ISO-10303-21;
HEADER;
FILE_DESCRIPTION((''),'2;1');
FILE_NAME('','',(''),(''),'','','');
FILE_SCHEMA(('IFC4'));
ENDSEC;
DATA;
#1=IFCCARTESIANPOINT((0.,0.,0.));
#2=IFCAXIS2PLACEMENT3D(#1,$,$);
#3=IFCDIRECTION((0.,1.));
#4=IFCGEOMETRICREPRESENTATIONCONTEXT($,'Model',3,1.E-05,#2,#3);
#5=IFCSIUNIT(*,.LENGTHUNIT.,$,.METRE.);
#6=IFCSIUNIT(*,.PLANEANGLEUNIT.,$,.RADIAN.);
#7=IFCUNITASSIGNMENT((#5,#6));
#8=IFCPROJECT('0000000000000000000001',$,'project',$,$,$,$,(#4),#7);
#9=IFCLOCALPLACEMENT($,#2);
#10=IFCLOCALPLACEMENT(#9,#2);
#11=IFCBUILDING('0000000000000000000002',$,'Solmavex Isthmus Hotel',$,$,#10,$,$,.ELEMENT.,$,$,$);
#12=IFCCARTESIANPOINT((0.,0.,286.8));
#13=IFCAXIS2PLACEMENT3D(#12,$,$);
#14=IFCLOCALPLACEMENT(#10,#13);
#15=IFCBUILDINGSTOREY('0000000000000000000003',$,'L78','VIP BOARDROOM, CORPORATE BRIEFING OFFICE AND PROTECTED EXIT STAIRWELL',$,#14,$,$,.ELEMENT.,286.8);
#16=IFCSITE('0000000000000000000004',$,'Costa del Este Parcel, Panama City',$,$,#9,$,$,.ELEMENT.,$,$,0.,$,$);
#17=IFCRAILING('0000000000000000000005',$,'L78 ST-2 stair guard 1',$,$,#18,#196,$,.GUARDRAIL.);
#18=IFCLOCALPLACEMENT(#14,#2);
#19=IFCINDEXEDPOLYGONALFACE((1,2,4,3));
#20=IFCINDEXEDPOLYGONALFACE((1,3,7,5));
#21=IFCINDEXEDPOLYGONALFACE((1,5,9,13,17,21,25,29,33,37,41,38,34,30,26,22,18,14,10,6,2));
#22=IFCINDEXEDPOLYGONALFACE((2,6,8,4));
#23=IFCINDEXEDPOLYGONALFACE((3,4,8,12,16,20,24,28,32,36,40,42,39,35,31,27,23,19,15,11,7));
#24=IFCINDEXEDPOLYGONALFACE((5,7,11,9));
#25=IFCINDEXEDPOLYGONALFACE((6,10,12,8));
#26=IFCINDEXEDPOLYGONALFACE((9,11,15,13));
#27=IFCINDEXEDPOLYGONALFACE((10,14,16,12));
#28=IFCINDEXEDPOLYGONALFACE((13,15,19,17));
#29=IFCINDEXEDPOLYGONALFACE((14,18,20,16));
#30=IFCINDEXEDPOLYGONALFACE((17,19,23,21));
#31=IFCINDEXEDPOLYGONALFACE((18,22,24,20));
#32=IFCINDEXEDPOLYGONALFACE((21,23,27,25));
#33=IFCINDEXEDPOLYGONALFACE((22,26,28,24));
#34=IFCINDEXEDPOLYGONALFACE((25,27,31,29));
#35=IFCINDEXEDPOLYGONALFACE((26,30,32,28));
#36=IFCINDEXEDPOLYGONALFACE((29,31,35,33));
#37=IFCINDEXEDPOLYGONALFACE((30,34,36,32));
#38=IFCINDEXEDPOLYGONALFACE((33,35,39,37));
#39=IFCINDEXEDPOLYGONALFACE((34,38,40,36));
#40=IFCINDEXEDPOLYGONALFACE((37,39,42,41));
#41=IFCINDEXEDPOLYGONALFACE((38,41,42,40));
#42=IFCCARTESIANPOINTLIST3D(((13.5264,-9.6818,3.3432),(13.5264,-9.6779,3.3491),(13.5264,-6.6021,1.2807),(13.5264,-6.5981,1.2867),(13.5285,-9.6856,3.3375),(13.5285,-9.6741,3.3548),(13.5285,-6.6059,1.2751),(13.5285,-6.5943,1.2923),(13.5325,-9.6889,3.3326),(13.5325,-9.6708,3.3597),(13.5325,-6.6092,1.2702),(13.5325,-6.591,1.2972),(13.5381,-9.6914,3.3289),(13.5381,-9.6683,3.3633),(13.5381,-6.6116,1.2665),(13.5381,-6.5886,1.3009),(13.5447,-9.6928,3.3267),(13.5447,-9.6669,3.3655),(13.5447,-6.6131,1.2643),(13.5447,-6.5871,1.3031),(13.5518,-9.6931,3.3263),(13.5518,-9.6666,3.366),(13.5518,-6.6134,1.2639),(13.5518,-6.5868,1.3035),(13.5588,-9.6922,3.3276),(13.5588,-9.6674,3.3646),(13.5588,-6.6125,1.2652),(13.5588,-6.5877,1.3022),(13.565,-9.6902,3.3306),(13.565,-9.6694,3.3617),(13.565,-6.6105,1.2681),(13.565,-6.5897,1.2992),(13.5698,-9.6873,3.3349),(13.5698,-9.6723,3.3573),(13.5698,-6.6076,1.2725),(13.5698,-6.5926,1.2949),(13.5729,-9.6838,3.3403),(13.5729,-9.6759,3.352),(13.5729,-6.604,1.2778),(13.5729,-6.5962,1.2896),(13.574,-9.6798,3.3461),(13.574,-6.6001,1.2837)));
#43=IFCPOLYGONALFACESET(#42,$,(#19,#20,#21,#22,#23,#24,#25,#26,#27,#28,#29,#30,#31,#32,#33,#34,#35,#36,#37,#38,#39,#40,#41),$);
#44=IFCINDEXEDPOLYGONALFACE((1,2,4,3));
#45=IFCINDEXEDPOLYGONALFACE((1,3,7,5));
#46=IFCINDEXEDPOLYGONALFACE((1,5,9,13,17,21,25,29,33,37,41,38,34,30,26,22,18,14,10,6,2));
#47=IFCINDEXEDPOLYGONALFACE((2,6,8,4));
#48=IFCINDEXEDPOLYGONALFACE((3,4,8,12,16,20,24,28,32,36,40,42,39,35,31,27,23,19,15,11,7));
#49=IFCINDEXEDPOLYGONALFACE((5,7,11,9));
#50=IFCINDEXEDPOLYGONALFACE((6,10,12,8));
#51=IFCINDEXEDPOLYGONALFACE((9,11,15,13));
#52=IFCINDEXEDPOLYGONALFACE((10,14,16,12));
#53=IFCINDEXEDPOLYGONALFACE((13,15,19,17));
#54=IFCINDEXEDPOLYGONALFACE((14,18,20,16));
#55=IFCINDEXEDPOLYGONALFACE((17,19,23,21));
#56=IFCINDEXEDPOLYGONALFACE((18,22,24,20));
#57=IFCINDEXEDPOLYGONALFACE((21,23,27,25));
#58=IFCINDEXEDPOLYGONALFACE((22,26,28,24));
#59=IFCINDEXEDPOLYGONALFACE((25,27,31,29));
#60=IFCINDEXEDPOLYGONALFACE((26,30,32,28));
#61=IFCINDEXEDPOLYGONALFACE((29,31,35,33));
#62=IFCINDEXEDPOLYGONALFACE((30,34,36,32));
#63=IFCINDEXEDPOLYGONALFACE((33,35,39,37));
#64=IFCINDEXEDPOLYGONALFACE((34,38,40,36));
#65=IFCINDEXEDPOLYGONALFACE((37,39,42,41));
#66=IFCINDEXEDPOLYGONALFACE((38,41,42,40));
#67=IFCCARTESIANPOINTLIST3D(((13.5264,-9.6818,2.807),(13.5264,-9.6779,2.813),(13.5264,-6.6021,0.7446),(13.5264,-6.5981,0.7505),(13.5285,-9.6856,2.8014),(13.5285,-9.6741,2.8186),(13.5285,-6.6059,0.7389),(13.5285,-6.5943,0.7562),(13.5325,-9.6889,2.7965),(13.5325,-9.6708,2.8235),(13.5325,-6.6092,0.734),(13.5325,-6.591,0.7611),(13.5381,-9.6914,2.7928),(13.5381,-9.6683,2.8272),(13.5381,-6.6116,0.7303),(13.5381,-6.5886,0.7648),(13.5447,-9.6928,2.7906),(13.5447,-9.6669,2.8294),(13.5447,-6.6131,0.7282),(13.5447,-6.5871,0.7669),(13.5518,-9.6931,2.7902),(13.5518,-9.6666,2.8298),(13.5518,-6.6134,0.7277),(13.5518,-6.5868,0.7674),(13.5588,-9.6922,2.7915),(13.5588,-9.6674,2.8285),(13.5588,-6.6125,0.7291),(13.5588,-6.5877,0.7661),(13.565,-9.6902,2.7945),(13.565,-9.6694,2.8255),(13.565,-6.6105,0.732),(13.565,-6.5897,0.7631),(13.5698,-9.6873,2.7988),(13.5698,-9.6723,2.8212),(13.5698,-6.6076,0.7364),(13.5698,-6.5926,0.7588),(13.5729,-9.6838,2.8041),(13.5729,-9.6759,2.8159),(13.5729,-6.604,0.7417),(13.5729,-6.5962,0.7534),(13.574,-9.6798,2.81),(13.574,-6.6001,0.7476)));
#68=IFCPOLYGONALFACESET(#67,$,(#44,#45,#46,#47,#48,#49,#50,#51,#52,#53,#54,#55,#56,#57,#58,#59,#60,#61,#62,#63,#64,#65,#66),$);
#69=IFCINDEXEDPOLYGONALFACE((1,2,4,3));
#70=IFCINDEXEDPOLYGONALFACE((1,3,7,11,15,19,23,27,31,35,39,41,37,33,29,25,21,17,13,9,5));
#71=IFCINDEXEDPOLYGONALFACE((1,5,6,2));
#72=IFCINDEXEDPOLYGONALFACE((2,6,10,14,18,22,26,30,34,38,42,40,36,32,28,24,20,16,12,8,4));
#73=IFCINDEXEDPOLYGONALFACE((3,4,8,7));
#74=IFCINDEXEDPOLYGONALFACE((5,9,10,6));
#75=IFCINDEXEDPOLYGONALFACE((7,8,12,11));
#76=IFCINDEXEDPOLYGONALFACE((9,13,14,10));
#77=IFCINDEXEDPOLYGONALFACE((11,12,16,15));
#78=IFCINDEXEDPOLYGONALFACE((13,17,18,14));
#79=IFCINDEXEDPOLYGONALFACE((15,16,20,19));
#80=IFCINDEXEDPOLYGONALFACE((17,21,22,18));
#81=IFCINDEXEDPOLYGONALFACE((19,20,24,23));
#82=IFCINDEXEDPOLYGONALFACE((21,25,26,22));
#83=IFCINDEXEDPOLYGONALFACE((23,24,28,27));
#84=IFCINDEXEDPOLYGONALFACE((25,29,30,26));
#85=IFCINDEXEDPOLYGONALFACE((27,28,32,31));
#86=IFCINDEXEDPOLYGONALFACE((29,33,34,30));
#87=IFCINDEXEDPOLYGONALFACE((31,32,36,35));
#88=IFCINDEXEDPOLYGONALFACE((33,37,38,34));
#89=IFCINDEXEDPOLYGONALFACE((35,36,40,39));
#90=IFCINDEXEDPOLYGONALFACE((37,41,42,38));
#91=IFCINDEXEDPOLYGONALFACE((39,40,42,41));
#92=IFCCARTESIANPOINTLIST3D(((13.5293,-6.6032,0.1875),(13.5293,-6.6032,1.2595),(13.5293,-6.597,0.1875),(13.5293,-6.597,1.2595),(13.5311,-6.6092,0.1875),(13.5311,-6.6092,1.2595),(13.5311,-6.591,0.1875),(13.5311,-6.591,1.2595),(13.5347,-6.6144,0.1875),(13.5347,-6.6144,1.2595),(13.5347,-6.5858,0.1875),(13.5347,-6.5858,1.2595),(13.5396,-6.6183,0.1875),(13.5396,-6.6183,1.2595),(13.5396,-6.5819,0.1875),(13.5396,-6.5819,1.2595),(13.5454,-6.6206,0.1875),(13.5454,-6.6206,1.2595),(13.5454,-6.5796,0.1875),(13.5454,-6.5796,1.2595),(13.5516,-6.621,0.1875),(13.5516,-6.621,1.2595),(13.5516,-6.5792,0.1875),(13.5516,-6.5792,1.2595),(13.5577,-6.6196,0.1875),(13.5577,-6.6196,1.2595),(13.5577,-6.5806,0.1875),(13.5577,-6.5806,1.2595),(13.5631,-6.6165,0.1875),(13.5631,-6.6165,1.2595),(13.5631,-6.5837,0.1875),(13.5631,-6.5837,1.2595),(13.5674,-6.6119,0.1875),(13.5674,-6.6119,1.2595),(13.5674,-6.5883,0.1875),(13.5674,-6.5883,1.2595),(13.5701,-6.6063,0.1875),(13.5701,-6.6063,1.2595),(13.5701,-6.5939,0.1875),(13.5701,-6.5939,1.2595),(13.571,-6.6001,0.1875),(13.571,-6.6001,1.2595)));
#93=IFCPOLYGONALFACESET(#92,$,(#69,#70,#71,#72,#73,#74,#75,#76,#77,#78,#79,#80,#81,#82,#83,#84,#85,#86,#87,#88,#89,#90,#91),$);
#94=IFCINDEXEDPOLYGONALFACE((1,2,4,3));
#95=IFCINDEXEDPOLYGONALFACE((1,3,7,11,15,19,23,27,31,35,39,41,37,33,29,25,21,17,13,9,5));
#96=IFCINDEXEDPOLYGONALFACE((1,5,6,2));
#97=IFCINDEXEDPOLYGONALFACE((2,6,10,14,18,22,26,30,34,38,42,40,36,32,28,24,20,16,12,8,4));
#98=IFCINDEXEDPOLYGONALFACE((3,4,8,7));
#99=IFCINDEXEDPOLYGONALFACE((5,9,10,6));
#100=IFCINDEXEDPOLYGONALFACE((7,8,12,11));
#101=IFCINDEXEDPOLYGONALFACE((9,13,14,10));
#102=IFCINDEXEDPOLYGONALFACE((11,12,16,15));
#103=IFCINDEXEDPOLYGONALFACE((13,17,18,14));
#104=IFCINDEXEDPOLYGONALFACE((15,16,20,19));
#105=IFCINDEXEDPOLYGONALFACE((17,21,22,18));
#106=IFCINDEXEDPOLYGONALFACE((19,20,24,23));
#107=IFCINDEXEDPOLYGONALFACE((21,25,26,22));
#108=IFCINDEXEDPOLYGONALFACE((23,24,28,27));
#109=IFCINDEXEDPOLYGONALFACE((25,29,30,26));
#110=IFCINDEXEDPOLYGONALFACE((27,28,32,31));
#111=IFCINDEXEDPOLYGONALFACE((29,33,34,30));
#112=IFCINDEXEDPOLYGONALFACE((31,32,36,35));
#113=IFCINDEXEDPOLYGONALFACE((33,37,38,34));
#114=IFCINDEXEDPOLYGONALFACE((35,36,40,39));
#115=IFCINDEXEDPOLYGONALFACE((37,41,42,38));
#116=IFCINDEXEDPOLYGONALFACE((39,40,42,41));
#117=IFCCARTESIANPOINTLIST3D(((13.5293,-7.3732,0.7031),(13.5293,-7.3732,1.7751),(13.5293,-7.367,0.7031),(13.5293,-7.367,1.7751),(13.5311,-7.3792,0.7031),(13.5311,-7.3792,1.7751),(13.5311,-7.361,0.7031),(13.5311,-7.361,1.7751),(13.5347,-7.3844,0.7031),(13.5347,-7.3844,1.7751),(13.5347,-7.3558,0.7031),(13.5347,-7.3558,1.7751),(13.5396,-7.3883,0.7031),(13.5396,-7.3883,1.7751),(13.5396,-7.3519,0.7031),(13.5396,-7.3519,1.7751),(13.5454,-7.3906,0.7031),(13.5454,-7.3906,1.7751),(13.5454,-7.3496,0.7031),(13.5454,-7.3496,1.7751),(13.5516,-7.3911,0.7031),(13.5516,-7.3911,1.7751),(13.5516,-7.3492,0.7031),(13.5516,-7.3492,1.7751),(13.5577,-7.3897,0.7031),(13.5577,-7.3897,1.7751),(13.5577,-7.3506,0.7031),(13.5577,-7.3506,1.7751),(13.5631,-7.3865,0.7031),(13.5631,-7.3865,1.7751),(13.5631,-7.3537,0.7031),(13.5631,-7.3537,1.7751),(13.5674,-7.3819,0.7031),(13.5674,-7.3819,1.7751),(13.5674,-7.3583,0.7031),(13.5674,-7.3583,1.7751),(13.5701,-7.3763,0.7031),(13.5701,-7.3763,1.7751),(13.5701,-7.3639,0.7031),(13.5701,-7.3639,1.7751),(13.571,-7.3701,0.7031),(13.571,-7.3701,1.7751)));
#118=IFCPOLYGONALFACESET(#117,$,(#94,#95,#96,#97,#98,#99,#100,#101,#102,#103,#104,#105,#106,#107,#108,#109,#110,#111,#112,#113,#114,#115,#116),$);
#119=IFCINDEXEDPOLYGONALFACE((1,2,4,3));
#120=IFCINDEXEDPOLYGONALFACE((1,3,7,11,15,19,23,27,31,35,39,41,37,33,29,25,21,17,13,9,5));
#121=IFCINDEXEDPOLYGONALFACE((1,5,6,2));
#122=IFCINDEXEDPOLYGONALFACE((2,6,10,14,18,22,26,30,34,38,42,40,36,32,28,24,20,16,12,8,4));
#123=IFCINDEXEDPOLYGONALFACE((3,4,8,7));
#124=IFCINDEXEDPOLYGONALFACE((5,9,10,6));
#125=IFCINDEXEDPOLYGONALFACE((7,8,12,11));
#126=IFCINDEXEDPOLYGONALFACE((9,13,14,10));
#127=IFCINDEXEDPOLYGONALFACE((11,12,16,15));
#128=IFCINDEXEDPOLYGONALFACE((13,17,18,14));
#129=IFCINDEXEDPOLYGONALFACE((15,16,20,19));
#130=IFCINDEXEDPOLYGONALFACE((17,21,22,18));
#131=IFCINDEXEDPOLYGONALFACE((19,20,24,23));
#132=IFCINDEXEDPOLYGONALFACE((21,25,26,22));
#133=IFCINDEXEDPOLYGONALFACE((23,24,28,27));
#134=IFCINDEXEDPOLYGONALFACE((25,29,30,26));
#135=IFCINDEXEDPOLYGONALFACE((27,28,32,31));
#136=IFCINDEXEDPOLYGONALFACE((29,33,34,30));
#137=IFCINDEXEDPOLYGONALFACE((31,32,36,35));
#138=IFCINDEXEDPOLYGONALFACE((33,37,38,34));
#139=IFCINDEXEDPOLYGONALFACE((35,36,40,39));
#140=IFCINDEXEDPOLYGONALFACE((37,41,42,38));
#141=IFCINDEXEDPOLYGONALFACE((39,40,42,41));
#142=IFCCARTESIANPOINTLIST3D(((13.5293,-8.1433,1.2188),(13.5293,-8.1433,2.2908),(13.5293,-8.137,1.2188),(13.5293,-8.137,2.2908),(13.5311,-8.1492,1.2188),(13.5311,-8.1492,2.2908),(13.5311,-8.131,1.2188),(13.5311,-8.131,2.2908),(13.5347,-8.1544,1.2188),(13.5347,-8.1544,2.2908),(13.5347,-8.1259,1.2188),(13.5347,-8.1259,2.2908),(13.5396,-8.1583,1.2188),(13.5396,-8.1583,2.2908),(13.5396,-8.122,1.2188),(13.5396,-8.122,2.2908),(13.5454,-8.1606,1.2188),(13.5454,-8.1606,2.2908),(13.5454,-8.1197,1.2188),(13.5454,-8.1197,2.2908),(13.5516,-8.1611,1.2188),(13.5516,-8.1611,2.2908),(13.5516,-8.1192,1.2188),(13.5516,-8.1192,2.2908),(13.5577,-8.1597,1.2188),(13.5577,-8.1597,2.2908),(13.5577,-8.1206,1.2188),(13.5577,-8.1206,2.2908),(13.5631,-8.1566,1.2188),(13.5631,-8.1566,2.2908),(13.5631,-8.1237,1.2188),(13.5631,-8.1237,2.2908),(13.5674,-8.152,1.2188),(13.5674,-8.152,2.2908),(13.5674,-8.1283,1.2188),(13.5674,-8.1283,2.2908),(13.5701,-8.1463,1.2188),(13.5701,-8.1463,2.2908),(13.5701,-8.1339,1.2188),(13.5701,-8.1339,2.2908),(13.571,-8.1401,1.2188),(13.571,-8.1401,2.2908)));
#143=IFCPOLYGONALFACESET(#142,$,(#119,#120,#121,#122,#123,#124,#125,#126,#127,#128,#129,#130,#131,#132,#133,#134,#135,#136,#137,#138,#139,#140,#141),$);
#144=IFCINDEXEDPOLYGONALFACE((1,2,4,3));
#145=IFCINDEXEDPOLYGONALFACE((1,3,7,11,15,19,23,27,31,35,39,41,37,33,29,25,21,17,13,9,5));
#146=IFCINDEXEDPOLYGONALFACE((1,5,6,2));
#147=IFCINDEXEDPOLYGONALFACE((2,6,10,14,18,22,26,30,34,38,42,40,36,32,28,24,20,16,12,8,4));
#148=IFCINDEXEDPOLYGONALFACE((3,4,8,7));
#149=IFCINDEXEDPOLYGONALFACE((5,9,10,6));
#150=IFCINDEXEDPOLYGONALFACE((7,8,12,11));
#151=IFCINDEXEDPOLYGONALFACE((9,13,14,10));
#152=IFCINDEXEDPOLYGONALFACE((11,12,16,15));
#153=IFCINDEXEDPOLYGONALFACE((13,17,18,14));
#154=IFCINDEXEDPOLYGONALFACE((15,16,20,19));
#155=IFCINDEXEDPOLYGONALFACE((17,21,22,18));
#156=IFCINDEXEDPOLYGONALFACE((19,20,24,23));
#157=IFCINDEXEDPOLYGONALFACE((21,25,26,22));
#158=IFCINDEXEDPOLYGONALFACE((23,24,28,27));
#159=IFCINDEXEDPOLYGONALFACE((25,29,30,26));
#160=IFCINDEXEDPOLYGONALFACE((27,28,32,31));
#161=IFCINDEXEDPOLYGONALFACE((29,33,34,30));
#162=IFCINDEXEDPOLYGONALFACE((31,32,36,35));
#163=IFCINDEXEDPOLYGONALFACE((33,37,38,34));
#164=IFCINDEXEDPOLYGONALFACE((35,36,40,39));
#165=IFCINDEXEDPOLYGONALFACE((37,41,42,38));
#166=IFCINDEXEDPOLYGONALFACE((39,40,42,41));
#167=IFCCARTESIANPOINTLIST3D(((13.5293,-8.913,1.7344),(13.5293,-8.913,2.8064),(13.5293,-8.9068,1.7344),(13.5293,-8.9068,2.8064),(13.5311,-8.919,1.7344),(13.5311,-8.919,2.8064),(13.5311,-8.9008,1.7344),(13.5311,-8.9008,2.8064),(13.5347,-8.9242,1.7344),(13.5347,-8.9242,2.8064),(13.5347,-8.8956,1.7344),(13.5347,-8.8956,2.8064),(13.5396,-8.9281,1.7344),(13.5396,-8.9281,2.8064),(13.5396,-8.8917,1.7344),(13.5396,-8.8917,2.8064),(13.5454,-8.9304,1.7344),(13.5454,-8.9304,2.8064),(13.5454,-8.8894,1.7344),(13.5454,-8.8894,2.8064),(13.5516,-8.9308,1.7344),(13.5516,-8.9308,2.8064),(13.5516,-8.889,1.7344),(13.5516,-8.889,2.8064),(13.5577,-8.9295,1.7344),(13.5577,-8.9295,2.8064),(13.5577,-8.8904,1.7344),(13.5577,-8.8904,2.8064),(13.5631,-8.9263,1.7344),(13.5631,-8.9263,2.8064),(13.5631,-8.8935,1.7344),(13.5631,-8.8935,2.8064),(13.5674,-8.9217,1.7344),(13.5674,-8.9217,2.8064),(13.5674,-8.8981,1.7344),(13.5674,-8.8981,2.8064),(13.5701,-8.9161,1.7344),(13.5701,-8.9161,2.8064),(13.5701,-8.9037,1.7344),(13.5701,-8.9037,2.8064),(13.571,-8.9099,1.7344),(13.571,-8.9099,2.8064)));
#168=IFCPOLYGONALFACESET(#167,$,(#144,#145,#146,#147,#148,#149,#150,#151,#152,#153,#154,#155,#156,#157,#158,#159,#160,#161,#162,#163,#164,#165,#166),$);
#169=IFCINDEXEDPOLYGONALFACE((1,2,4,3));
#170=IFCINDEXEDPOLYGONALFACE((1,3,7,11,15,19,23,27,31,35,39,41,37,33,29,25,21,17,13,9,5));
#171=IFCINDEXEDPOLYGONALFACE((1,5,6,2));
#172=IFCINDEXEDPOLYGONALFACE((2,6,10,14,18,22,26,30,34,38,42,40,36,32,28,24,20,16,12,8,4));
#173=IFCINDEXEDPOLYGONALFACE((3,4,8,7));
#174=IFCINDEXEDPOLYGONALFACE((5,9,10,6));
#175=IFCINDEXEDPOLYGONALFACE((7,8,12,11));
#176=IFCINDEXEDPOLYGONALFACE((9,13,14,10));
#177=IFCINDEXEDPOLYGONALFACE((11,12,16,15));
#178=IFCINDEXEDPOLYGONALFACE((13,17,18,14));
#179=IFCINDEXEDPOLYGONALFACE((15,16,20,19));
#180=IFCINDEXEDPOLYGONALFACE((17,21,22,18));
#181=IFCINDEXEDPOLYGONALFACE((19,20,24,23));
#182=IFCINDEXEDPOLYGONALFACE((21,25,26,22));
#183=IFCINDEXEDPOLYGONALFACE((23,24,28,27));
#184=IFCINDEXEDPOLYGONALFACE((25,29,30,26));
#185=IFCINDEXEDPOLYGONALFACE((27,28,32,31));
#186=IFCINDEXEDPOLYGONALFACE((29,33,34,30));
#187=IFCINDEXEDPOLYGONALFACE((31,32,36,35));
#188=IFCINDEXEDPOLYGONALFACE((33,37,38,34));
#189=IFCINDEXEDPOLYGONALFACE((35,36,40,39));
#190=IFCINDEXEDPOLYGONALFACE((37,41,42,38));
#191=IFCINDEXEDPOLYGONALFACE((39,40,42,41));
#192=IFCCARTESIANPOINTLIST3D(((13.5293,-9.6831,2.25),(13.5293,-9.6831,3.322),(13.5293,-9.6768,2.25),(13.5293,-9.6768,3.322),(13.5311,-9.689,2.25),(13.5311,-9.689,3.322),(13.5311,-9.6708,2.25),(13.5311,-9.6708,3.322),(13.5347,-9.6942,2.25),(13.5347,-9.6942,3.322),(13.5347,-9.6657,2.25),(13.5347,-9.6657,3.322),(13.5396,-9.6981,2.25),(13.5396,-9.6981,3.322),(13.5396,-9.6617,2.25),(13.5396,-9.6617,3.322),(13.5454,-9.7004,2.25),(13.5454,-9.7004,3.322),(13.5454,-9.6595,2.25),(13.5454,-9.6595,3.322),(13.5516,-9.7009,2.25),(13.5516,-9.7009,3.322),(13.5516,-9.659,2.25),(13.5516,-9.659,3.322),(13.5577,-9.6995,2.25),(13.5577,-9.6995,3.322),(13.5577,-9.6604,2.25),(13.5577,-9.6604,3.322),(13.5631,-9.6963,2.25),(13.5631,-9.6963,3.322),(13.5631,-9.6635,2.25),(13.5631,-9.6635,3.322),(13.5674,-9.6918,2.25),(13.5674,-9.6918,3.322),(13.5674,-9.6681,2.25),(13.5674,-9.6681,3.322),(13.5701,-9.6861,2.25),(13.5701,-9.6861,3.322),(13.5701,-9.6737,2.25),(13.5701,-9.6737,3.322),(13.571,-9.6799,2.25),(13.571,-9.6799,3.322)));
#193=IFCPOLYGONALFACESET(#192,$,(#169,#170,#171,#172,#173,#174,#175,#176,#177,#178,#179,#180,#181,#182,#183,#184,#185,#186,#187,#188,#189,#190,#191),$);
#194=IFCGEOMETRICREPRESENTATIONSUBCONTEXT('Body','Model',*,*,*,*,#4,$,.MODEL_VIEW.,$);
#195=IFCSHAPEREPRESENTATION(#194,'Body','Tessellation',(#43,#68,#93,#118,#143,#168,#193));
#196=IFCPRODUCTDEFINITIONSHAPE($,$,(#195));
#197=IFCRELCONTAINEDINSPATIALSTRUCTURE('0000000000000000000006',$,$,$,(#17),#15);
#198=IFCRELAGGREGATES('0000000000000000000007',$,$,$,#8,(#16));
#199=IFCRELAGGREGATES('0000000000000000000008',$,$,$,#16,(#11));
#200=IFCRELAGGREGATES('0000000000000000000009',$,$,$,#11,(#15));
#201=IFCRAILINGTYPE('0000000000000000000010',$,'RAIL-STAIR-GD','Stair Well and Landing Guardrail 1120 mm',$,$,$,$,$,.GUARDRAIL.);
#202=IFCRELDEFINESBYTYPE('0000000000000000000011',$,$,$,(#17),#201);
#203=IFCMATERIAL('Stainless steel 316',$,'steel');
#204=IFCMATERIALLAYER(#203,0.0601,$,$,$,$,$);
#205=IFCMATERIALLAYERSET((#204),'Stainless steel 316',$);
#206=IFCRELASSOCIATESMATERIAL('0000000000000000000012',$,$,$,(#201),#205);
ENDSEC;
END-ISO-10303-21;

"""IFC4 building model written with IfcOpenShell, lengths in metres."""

from ifc_helpers import new_model, si_unit, direction, frame, origin, origin_2d, place, context, subcontext, project, spatial, circle, extrude, material, layer, layer_set, type_object, element, save


model = new_model("IFC4")

# Units and contexts
model_context = context("Model", 3, precision=1e-05, world=origin(), true_north=direction((0.0, 1.0)))
body_context = subcontext(model_context, "Body", "Model", "MODEL_VIEW")
ifc_project = project(units=[si_unit("LENGTHUNIT", "METRE"), si_unit("PLANEANGLEUNIT", "RADIAN")], contexts=[model_context])

# Site, building, storey
site_placement = place(None, origin())
site = spatial("IfcSite", under=ifc_project, at=site_placement, Name="Costa del Este Parcel, Panama City", CompositionType="ELEMENT", RefElevation=0.0)
building_placement = place(site_placement, origin())
building = spatial("IfcBuilding", under=site, at=building_placement, Name="Solmavex Isthmus Hotel", CompositionType="ELEMENT")
storey_placement = place(building_placement, frame((0.0, 0.0, 286.8)))
storey = spatial("IfcBuildingStorey", under=building, at=storey_placement, Name="L78", Description="VIP BOARDROOM, CORPORATE BRIEFING OFFICE AND PROTECTED EXIT STAIRWELL", CompositionType="ELEMENT", Elevation=286.8)

# Railing
ifc_material_1 = material(Name="Stainless steel 316", Category="steel")
ifc_layer_1 = layer(ifc_material_1, 0.0601)
ifc_layer_set_1 = layer_set([ifc_layer_1], Name="Stainless steel 316")
railing_type_1 = type_object("IfcRailingType", Name="RAIL-STAIR-GD", Description="Stair Well and Landing Guardrail 1120 mm", PredefinedType="GUARDRAIL", material=ifc_layer_set_1)
railing_1_placement = place(storey_placement, frame((13.55, -6.6001, 0.1875)))
element("IfcRailing", 1, at=railing_1_placement, inside=storey, type_object=railing_type_1, Name="L78 ST-2 stair guard 1", PredefinedType="GUARDRAIL", context=body_context, shape_type="SweptSolid", body=[
    extrude(circle(Radius=0.0239, at=origin_2d()), frame((0.0, 0.0, 1.0962), z_axis=(0.0, -0.830893, 0.556432), x_axis=(1.0, 0.0, 0.0)), (0.0, 0.0, 1.0), 3.7065),
    extrude(circle(Radius=0.0239, at=origin_2d()), frame((0.0, 0.0, 0.5601), z_axis=(0.0, -0.830893, 0.556432), x_axis=(1.0, 0.0, 0.0)), (0.0, 0.0, 1.0), 3.7065),
    extrude(circle(Radius=0.021, at=origin_2d()), origin(), (0.0, 0.0, 1.0), 1.072),
    extrude(circle(Radius=0.021, at=origin_2d()), frame((0.0, -0.77, 0.5156)), (0.0, 0.0, 1.0), 1.072),
    extrude(circle(Radius=0.021, at=origin_2d()), frame((0.0, -1.54, 1.0312)), (0.0, 0.0, 1.0), 1.072),
    extrude(circle(Radius=0.021, at=origin_2d()), frame((0.0, -2.3098, 1.5469)), (0.0, 0.0, 1.0), 1.072),
    extrude(circle(Radius=0.021, at=origin_2d()), frame((0.0, -3.0798, 2.0625)), (0.0, 0.0, 1.0), 1.072),
])

save(model, "model.ifc")
